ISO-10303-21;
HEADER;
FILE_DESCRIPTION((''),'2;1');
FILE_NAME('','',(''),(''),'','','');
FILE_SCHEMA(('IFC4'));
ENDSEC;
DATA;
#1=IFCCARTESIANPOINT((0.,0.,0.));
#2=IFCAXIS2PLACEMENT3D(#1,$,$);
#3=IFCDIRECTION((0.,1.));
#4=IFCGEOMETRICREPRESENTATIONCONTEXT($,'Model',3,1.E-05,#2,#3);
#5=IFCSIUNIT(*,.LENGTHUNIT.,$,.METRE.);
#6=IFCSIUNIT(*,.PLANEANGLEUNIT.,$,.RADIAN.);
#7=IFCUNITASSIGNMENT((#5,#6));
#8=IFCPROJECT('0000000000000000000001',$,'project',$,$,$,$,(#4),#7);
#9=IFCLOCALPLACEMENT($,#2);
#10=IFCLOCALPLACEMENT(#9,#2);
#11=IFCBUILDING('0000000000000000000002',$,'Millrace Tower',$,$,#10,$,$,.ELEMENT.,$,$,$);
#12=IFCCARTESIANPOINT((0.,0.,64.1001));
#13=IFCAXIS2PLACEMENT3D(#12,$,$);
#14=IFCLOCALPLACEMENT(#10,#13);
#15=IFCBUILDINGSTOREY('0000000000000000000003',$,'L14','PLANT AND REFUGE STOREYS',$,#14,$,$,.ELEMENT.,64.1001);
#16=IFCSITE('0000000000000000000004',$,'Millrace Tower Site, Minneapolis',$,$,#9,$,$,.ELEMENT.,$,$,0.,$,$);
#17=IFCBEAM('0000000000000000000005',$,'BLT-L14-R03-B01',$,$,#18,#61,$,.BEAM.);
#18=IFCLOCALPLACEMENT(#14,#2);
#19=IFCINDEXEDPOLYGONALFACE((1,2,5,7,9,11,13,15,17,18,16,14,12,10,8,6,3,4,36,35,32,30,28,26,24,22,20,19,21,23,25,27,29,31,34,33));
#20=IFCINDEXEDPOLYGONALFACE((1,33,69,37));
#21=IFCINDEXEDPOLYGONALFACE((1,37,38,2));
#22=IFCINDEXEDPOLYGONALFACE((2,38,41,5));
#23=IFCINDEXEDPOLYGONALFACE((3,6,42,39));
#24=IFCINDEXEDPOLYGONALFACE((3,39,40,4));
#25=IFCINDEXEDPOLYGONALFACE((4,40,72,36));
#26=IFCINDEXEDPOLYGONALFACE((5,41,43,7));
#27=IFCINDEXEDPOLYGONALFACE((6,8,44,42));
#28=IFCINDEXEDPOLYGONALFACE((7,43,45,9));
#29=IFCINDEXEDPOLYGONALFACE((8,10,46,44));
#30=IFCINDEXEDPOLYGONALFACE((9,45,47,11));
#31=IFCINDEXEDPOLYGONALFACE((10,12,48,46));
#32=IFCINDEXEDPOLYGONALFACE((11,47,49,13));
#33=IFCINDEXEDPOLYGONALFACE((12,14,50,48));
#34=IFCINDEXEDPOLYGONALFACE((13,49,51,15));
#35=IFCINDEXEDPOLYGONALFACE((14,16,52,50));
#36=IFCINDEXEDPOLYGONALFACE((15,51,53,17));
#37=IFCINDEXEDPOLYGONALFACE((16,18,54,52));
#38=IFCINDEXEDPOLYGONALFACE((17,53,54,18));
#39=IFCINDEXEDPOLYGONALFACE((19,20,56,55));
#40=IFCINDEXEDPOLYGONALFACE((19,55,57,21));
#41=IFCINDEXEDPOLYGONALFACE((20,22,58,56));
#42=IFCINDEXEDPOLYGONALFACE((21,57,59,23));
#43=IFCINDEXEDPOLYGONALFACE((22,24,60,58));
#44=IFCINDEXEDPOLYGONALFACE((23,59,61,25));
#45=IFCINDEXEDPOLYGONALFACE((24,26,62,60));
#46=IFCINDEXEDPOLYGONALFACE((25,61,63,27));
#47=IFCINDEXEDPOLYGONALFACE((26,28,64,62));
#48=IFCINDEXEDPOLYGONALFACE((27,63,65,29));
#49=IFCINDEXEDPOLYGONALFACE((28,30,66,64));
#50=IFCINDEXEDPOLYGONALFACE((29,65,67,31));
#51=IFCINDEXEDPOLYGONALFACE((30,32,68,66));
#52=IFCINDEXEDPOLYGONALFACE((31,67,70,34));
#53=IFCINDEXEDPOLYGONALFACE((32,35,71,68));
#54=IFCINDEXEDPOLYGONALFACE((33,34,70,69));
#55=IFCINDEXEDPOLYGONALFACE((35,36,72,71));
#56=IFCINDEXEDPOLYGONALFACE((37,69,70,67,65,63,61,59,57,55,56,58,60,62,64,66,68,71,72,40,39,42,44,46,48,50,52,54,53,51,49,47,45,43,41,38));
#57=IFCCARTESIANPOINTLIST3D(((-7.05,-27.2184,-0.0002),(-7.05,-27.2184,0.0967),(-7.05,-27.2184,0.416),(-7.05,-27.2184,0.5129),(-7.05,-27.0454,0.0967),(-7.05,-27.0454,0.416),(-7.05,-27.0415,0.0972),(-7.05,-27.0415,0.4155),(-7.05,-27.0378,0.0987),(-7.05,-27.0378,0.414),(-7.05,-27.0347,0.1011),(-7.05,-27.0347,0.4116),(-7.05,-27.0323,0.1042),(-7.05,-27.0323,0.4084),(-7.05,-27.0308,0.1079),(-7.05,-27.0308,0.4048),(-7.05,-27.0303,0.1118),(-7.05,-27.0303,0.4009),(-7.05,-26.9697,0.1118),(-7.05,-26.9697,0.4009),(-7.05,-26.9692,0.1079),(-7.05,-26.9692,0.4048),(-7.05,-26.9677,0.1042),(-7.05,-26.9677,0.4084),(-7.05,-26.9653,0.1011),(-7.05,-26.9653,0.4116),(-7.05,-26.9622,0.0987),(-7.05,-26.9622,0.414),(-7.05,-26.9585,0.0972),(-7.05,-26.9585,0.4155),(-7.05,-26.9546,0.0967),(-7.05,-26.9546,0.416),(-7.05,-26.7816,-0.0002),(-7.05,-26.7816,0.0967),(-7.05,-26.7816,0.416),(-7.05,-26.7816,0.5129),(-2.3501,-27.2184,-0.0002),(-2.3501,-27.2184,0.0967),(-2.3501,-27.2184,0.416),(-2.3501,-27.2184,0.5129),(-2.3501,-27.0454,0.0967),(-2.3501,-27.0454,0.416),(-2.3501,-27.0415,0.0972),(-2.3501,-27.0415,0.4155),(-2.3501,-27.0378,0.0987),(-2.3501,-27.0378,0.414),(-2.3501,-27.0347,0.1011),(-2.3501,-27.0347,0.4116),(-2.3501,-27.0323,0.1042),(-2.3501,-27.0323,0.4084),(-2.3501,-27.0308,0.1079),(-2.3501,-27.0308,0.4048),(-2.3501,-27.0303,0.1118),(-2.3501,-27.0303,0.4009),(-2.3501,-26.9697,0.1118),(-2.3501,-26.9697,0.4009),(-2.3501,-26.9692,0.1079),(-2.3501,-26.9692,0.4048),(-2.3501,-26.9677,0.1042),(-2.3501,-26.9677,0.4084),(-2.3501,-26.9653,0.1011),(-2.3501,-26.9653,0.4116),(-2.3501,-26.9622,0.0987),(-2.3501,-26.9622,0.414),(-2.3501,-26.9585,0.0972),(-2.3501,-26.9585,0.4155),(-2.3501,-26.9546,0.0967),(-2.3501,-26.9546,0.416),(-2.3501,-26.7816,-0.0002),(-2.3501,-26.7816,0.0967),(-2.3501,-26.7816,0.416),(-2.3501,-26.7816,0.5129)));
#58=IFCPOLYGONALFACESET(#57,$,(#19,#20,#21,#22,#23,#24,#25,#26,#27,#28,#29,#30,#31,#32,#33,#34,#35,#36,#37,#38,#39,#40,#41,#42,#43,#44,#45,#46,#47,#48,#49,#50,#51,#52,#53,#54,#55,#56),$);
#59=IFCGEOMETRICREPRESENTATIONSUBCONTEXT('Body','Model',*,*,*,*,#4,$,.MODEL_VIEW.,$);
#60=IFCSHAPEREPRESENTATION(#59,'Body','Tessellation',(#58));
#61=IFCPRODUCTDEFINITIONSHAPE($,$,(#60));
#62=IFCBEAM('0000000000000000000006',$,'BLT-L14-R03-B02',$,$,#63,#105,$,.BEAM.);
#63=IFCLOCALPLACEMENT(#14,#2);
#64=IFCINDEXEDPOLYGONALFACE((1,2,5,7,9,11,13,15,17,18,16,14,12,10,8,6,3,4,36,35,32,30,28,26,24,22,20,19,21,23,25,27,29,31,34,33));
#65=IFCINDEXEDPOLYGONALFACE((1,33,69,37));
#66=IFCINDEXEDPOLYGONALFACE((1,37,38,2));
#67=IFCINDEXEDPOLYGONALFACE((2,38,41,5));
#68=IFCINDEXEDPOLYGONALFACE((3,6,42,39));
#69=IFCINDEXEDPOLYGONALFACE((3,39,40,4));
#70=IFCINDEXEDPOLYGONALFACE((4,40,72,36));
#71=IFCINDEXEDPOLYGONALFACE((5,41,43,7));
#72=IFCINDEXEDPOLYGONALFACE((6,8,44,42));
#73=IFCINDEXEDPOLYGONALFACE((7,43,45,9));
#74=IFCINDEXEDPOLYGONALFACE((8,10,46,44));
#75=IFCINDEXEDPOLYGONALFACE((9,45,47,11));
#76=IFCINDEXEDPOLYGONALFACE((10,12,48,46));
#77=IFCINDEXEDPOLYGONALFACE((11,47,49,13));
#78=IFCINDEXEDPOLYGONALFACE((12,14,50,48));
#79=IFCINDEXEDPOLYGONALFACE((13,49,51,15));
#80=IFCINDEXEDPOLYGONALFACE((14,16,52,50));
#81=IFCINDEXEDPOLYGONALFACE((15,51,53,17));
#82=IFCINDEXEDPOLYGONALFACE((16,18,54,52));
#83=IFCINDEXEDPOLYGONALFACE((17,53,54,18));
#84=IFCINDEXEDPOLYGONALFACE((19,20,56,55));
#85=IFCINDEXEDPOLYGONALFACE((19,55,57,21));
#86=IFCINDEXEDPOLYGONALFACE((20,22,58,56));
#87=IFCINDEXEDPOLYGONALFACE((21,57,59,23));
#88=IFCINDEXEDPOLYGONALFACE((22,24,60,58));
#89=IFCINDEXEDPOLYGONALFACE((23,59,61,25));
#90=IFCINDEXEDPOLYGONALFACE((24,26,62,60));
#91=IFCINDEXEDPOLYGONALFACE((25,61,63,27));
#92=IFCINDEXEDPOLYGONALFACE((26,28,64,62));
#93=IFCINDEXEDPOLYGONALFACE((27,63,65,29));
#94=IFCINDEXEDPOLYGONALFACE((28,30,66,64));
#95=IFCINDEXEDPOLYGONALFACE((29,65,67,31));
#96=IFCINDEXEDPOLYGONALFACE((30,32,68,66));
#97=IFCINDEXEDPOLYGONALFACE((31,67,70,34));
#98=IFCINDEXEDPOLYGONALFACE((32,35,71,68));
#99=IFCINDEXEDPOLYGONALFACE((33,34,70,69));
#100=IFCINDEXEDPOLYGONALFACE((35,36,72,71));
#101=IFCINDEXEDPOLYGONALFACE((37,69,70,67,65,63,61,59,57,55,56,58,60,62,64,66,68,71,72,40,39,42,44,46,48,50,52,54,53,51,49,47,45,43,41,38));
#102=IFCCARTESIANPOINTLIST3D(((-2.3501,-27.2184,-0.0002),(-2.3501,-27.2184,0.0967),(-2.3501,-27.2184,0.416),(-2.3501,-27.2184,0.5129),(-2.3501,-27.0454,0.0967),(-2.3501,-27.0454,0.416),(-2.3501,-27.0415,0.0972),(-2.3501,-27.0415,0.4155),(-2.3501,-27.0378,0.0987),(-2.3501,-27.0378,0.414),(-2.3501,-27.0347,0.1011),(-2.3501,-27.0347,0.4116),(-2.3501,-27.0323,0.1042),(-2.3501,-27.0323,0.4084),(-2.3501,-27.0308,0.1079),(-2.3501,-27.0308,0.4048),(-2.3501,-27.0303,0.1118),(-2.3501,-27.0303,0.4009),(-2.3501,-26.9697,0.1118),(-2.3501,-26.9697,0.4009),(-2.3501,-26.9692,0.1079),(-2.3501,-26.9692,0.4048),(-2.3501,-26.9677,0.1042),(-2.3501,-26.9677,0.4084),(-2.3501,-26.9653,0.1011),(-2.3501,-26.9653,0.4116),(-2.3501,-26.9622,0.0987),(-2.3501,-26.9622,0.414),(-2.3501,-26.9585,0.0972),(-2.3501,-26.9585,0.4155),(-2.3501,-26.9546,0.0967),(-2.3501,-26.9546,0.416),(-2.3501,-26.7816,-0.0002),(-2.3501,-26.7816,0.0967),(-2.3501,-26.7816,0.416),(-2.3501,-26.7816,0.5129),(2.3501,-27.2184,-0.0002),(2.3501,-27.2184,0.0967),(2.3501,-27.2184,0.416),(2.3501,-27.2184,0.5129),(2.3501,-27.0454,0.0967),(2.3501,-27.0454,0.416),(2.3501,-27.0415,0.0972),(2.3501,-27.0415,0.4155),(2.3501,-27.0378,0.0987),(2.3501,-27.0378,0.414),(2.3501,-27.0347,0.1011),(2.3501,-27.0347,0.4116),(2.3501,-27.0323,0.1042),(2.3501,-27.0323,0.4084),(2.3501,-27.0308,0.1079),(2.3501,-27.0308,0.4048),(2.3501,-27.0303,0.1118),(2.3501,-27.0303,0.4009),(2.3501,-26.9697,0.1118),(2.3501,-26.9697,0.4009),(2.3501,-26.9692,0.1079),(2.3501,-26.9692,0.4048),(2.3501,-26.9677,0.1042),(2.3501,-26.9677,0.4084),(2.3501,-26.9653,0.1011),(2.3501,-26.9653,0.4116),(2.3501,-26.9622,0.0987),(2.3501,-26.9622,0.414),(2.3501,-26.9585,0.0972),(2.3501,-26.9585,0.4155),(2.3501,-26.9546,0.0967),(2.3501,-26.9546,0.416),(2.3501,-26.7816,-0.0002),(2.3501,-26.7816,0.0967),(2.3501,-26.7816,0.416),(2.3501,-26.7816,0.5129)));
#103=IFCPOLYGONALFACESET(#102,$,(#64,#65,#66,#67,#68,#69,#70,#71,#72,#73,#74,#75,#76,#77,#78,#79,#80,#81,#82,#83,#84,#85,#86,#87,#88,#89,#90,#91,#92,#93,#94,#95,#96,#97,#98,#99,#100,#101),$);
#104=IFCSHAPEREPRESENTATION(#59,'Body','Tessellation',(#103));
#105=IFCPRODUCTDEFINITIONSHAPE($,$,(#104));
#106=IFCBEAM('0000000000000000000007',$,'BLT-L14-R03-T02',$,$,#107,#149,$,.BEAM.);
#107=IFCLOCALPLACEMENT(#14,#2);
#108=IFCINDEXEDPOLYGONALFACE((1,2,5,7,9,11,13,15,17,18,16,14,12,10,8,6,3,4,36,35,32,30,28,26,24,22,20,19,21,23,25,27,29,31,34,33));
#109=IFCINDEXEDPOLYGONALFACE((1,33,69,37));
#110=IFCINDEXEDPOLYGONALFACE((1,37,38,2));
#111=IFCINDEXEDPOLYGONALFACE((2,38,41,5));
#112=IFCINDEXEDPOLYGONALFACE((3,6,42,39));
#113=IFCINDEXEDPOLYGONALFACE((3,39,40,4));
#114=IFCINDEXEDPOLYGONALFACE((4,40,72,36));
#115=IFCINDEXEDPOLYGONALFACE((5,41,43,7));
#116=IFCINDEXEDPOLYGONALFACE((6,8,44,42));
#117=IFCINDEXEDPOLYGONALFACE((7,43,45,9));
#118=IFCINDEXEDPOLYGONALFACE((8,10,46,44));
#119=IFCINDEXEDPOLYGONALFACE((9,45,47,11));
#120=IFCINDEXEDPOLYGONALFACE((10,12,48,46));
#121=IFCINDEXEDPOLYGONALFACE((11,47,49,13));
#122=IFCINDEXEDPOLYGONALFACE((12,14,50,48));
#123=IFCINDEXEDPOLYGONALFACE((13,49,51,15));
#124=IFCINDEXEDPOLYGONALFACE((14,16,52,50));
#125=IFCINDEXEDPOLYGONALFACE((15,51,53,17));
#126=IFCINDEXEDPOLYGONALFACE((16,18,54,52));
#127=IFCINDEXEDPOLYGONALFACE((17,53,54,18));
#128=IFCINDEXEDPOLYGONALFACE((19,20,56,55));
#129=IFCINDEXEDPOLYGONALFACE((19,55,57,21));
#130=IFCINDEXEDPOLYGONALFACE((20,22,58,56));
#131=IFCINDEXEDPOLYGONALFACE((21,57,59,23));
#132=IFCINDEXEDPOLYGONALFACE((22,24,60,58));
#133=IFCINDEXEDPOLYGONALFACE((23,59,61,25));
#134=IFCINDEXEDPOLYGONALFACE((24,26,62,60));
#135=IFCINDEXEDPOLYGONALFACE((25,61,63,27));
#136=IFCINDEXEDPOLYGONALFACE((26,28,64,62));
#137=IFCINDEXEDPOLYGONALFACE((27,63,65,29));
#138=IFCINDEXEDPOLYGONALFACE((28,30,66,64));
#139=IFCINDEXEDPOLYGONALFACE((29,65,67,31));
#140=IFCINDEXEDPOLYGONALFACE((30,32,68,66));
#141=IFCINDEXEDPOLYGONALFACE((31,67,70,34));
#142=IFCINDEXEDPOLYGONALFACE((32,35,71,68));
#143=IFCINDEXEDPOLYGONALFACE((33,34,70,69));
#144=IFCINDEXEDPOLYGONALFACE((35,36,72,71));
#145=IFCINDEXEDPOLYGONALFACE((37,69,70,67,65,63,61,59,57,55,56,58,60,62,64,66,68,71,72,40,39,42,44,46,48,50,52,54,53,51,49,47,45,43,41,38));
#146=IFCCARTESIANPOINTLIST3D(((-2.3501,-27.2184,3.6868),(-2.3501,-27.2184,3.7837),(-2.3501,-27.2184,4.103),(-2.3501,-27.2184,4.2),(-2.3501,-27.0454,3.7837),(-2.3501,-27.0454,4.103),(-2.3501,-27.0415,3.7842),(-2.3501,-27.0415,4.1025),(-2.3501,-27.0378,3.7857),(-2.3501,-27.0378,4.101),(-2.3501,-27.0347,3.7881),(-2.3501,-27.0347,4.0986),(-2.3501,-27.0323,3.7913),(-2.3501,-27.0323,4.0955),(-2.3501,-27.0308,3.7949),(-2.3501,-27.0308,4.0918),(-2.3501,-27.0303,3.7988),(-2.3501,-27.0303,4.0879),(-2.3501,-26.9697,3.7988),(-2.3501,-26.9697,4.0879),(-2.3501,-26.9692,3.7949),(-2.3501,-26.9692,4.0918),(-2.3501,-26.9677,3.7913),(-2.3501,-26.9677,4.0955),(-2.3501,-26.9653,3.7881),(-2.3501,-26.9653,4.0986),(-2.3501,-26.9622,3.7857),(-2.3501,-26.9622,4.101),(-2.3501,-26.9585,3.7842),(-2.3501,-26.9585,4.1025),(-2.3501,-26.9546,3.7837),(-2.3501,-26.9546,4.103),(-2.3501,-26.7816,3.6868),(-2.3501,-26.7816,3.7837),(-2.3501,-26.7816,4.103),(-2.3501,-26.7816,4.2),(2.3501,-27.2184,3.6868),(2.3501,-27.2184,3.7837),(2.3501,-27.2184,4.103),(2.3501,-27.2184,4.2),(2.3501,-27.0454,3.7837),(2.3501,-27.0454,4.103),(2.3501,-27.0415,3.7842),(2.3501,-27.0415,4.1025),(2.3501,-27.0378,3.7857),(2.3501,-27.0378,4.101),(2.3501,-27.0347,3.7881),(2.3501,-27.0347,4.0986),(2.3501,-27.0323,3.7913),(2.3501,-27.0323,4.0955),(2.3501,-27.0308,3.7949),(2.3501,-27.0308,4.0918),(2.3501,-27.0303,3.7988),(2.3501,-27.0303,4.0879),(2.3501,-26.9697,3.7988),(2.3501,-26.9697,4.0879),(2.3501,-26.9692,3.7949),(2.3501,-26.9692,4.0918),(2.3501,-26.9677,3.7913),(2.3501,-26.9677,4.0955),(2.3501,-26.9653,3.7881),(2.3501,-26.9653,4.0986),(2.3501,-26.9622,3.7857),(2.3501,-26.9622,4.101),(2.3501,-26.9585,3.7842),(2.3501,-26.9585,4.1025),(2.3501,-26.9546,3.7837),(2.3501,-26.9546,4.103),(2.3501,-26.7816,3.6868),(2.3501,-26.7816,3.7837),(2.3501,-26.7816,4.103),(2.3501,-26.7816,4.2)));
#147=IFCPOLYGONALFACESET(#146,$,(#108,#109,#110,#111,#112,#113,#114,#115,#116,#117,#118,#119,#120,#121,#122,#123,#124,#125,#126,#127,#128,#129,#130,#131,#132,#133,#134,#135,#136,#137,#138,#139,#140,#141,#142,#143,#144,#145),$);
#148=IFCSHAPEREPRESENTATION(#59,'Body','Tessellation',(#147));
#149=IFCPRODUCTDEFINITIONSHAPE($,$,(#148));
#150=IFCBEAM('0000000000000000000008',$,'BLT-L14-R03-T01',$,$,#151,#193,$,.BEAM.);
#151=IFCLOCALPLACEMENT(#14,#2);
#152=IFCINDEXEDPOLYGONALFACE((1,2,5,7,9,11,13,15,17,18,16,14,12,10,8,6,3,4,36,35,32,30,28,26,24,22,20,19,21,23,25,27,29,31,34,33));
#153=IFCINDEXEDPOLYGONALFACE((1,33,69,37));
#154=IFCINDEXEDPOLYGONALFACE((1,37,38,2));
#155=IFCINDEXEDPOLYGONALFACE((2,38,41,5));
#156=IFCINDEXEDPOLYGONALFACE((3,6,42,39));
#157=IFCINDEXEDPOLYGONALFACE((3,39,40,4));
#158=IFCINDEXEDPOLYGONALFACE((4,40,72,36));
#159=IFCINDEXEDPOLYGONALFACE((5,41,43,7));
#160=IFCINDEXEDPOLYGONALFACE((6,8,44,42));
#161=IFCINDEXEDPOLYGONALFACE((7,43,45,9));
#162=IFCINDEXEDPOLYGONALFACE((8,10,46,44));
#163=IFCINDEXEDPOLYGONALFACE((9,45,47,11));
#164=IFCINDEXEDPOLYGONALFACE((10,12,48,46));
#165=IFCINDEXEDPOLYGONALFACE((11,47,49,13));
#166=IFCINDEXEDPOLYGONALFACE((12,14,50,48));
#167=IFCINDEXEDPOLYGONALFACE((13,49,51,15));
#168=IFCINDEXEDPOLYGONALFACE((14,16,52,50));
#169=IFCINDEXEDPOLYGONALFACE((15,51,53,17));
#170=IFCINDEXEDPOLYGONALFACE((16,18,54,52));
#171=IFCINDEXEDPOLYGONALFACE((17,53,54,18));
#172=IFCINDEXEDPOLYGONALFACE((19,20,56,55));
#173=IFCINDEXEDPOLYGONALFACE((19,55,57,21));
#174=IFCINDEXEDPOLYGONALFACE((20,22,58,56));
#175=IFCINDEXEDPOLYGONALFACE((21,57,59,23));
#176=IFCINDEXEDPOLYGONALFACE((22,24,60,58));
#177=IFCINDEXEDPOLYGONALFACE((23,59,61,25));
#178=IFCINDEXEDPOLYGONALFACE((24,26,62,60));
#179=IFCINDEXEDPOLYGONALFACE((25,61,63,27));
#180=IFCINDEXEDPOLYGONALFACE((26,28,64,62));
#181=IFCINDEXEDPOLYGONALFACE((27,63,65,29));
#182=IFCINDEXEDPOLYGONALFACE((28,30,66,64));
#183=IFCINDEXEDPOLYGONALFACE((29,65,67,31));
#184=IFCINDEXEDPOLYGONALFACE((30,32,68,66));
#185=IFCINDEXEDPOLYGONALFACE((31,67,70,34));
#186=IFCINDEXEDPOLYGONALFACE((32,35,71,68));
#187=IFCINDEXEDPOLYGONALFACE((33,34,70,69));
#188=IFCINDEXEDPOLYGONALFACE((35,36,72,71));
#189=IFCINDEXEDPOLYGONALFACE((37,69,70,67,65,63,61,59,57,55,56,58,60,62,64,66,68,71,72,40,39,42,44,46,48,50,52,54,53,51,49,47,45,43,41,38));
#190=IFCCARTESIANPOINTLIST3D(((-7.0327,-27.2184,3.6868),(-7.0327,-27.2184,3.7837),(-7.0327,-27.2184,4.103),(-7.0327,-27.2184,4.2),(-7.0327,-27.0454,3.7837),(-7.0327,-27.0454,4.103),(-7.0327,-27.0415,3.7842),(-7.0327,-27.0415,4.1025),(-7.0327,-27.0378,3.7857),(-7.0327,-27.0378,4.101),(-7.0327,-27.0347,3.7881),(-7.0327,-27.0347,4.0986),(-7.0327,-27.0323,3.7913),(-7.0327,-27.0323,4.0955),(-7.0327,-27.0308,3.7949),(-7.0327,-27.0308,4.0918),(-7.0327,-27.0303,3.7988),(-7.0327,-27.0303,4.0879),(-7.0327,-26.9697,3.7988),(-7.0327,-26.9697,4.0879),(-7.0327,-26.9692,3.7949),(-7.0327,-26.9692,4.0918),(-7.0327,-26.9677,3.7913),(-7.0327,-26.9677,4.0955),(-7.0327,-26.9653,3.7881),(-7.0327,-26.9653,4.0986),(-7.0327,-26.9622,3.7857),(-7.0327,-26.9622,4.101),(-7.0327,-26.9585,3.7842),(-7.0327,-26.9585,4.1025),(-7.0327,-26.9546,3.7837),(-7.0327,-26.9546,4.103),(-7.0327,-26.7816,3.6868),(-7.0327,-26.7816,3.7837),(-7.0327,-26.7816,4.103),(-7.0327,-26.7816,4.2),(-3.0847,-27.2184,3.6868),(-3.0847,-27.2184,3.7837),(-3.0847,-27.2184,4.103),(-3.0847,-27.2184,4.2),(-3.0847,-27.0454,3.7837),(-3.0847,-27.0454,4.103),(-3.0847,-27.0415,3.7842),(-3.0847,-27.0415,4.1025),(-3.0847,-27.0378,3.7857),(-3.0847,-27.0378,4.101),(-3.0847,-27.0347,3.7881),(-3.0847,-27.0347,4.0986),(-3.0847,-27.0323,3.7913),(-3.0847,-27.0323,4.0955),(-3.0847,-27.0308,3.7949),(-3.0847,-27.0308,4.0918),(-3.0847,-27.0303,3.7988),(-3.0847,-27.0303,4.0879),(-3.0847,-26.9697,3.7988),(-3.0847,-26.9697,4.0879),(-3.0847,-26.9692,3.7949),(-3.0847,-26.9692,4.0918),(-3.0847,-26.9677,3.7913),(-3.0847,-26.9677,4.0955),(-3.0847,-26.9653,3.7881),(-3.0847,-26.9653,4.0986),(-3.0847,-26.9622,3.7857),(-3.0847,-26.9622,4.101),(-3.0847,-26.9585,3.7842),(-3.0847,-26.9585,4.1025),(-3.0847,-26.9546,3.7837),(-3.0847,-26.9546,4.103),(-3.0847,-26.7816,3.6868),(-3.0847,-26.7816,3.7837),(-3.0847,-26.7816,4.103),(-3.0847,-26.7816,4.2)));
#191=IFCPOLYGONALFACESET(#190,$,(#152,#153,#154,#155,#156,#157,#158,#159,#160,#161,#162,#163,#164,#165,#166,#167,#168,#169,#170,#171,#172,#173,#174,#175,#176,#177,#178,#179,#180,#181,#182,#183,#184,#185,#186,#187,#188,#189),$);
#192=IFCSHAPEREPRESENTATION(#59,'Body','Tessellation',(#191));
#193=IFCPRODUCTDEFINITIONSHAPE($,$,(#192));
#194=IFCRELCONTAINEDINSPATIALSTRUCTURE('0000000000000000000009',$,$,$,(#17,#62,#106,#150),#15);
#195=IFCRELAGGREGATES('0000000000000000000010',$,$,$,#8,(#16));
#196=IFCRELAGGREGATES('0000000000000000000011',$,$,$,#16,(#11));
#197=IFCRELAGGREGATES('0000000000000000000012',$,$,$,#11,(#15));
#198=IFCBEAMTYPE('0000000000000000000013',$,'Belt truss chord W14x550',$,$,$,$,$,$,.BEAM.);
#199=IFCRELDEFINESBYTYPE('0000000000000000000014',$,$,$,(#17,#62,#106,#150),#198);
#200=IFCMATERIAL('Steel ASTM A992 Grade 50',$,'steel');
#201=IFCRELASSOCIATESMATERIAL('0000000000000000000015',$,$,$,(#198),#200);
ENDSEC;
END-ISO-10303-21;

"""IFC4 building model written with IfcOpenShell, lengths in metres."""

from ifc_helpers import new_model, si_unit, direction, frame, origin, origin_2d, place, context, subcontext, project, spatial, i_section, extrude, material, material_profile, profile_set, type_object, element, save


model = new_model("IFC4")

# Units and contexts
model_context = context("Model", 3, precision=1e-05, world=origin(), true_north=direction((0.0, 1.0)))
body_context = subcontext(model_context, "Body", "Model", "MODEL_VIEW")
ifc_project = project(units=[si_unit("LENGTHUNIT", "METRE"), si_unit("PLANEANGLEUNIT", "RADIAN")], contexts=[model_context])

# Site, building, storey
site_placement = place(None, origin())
site = spatial("IfcSite", under=ifc_project, at=site_placement, Name="Millrace Tower Site, Minneapolis", CompositionType="ELEMENT", RefElevation=0.0)
building_placement = place(site_placement, origin())
building = spatial("IfcBuilding", under=site, at=building_placement, Name="Millrace Tower", CompositionType="ELEMENT")
storey_placement = place(building_placement, frame((0.0, 0.0, 64.1001)))
storey = spatial("IfcBuildingStorey", under=building, at=storey_placement, Name="L14", Description="PLANT AND REFUGE STOREYS", CompositionType="ELEMENT", Elevation=64.1001)

# Beams
ifc_material_1 = material(Name="Steel ASTM A992 Grade 50", Category="steel")
ifc_material_profile_1 = material_profile(ifc_material_1, i_section(OverallWidth=0.4368, OverallDepth=0.5132, WebThickness=0.0605, FlangeThickness=0.0969, FilletRadius=0.0151, at=origin_2d()))
ifc_profile_set_1 = profile_set([ifc_material_profile_1], Name="Steel ASTM A992 Grade 50")
beam_type_1 = type_object("IfcBeamType", Name="Belt truss chord W14x550", PredefinedType="BEAM", material=ifc_profile_set_1)
beam_1_placement = place(storey_placement, frame((-7.05, -27.0, 0.2563), z_axis=(1.0, 0.0, 0.0), x_axis=(0.0, 1.0, 0.0)))
element("IfcBeam", 1, at=beam_1_placement, inside=storey, type_object=beam_type_1, Name="BLT-L14-R03-B01", PredefinedType="BEAM", context=body_context, shape_type="SweptSolid", body=[
    extrude(i_section(OverallWidth=0.4368, OverallDepth=0.5132, WebThickness=0.0605, FlangeThickness=0.0969, FilletRadius=0.0151, at=origin_2d()), origin(), (0.0, 0.0, 1.0), 4.7),
])
for number, where, z_axis, x_axis, name in (
    (2, (-2.3501, -27.0, 0.2563), (1.0, 0.0, 0.0), (0.0, 1.0, 0.0), "BLT-L14-R03-B02"),
    (3, (-2.3501, -27.0, 3.9434), (1.0, 0.0, 0.0), (0.0, 1.0, 0.0), "BLT-L14-R03-T02"),
):
    element("IfcBeam", number, at=place(storey_placement, frame(where, z_axis=z_axis, x_axis=x_axis)), inside=storey, type_object=beam_type_1, Name=name, PredefinedType="BEAM", context=body_context, shape_type="SweptSolid", body=[
        extrude(i_section(OverallWidth=0.4368, OverallDepth=0.5132, WebThickness=0.0605, FlangeThickness=0.0969, FilletRadius=0.0151, at=origin_2d()), origin(), (0.0, 0.0, 1.0), 4.7002),
    ])
beam_2_placement = place(storey_placement, frame((-7.0327, -27.0, 3.9434), z_axis=(1.0, 0.0, 0.0), x_axis=(0.0, 1.0, 0.0)))
element("IfcBeam", 4, at=beam_2_placement, inside=storey, type_object=beam_type_1, Name="BLT-L14-R03-T01", PredefinedType="BEAM", context=body_context, shape_type="SweptSolid", body=[
    extrude(i_section(OverallWidth=0.4368, OverallDepth=0.5132, WebThickness=0.0605, FlangeThickness=0.0969, FilletRadius=0.0151, at=origin_2d()), origin(), (0.0, 0.0, 1.0), 3.948),
])

save(model, "model.ifc")
